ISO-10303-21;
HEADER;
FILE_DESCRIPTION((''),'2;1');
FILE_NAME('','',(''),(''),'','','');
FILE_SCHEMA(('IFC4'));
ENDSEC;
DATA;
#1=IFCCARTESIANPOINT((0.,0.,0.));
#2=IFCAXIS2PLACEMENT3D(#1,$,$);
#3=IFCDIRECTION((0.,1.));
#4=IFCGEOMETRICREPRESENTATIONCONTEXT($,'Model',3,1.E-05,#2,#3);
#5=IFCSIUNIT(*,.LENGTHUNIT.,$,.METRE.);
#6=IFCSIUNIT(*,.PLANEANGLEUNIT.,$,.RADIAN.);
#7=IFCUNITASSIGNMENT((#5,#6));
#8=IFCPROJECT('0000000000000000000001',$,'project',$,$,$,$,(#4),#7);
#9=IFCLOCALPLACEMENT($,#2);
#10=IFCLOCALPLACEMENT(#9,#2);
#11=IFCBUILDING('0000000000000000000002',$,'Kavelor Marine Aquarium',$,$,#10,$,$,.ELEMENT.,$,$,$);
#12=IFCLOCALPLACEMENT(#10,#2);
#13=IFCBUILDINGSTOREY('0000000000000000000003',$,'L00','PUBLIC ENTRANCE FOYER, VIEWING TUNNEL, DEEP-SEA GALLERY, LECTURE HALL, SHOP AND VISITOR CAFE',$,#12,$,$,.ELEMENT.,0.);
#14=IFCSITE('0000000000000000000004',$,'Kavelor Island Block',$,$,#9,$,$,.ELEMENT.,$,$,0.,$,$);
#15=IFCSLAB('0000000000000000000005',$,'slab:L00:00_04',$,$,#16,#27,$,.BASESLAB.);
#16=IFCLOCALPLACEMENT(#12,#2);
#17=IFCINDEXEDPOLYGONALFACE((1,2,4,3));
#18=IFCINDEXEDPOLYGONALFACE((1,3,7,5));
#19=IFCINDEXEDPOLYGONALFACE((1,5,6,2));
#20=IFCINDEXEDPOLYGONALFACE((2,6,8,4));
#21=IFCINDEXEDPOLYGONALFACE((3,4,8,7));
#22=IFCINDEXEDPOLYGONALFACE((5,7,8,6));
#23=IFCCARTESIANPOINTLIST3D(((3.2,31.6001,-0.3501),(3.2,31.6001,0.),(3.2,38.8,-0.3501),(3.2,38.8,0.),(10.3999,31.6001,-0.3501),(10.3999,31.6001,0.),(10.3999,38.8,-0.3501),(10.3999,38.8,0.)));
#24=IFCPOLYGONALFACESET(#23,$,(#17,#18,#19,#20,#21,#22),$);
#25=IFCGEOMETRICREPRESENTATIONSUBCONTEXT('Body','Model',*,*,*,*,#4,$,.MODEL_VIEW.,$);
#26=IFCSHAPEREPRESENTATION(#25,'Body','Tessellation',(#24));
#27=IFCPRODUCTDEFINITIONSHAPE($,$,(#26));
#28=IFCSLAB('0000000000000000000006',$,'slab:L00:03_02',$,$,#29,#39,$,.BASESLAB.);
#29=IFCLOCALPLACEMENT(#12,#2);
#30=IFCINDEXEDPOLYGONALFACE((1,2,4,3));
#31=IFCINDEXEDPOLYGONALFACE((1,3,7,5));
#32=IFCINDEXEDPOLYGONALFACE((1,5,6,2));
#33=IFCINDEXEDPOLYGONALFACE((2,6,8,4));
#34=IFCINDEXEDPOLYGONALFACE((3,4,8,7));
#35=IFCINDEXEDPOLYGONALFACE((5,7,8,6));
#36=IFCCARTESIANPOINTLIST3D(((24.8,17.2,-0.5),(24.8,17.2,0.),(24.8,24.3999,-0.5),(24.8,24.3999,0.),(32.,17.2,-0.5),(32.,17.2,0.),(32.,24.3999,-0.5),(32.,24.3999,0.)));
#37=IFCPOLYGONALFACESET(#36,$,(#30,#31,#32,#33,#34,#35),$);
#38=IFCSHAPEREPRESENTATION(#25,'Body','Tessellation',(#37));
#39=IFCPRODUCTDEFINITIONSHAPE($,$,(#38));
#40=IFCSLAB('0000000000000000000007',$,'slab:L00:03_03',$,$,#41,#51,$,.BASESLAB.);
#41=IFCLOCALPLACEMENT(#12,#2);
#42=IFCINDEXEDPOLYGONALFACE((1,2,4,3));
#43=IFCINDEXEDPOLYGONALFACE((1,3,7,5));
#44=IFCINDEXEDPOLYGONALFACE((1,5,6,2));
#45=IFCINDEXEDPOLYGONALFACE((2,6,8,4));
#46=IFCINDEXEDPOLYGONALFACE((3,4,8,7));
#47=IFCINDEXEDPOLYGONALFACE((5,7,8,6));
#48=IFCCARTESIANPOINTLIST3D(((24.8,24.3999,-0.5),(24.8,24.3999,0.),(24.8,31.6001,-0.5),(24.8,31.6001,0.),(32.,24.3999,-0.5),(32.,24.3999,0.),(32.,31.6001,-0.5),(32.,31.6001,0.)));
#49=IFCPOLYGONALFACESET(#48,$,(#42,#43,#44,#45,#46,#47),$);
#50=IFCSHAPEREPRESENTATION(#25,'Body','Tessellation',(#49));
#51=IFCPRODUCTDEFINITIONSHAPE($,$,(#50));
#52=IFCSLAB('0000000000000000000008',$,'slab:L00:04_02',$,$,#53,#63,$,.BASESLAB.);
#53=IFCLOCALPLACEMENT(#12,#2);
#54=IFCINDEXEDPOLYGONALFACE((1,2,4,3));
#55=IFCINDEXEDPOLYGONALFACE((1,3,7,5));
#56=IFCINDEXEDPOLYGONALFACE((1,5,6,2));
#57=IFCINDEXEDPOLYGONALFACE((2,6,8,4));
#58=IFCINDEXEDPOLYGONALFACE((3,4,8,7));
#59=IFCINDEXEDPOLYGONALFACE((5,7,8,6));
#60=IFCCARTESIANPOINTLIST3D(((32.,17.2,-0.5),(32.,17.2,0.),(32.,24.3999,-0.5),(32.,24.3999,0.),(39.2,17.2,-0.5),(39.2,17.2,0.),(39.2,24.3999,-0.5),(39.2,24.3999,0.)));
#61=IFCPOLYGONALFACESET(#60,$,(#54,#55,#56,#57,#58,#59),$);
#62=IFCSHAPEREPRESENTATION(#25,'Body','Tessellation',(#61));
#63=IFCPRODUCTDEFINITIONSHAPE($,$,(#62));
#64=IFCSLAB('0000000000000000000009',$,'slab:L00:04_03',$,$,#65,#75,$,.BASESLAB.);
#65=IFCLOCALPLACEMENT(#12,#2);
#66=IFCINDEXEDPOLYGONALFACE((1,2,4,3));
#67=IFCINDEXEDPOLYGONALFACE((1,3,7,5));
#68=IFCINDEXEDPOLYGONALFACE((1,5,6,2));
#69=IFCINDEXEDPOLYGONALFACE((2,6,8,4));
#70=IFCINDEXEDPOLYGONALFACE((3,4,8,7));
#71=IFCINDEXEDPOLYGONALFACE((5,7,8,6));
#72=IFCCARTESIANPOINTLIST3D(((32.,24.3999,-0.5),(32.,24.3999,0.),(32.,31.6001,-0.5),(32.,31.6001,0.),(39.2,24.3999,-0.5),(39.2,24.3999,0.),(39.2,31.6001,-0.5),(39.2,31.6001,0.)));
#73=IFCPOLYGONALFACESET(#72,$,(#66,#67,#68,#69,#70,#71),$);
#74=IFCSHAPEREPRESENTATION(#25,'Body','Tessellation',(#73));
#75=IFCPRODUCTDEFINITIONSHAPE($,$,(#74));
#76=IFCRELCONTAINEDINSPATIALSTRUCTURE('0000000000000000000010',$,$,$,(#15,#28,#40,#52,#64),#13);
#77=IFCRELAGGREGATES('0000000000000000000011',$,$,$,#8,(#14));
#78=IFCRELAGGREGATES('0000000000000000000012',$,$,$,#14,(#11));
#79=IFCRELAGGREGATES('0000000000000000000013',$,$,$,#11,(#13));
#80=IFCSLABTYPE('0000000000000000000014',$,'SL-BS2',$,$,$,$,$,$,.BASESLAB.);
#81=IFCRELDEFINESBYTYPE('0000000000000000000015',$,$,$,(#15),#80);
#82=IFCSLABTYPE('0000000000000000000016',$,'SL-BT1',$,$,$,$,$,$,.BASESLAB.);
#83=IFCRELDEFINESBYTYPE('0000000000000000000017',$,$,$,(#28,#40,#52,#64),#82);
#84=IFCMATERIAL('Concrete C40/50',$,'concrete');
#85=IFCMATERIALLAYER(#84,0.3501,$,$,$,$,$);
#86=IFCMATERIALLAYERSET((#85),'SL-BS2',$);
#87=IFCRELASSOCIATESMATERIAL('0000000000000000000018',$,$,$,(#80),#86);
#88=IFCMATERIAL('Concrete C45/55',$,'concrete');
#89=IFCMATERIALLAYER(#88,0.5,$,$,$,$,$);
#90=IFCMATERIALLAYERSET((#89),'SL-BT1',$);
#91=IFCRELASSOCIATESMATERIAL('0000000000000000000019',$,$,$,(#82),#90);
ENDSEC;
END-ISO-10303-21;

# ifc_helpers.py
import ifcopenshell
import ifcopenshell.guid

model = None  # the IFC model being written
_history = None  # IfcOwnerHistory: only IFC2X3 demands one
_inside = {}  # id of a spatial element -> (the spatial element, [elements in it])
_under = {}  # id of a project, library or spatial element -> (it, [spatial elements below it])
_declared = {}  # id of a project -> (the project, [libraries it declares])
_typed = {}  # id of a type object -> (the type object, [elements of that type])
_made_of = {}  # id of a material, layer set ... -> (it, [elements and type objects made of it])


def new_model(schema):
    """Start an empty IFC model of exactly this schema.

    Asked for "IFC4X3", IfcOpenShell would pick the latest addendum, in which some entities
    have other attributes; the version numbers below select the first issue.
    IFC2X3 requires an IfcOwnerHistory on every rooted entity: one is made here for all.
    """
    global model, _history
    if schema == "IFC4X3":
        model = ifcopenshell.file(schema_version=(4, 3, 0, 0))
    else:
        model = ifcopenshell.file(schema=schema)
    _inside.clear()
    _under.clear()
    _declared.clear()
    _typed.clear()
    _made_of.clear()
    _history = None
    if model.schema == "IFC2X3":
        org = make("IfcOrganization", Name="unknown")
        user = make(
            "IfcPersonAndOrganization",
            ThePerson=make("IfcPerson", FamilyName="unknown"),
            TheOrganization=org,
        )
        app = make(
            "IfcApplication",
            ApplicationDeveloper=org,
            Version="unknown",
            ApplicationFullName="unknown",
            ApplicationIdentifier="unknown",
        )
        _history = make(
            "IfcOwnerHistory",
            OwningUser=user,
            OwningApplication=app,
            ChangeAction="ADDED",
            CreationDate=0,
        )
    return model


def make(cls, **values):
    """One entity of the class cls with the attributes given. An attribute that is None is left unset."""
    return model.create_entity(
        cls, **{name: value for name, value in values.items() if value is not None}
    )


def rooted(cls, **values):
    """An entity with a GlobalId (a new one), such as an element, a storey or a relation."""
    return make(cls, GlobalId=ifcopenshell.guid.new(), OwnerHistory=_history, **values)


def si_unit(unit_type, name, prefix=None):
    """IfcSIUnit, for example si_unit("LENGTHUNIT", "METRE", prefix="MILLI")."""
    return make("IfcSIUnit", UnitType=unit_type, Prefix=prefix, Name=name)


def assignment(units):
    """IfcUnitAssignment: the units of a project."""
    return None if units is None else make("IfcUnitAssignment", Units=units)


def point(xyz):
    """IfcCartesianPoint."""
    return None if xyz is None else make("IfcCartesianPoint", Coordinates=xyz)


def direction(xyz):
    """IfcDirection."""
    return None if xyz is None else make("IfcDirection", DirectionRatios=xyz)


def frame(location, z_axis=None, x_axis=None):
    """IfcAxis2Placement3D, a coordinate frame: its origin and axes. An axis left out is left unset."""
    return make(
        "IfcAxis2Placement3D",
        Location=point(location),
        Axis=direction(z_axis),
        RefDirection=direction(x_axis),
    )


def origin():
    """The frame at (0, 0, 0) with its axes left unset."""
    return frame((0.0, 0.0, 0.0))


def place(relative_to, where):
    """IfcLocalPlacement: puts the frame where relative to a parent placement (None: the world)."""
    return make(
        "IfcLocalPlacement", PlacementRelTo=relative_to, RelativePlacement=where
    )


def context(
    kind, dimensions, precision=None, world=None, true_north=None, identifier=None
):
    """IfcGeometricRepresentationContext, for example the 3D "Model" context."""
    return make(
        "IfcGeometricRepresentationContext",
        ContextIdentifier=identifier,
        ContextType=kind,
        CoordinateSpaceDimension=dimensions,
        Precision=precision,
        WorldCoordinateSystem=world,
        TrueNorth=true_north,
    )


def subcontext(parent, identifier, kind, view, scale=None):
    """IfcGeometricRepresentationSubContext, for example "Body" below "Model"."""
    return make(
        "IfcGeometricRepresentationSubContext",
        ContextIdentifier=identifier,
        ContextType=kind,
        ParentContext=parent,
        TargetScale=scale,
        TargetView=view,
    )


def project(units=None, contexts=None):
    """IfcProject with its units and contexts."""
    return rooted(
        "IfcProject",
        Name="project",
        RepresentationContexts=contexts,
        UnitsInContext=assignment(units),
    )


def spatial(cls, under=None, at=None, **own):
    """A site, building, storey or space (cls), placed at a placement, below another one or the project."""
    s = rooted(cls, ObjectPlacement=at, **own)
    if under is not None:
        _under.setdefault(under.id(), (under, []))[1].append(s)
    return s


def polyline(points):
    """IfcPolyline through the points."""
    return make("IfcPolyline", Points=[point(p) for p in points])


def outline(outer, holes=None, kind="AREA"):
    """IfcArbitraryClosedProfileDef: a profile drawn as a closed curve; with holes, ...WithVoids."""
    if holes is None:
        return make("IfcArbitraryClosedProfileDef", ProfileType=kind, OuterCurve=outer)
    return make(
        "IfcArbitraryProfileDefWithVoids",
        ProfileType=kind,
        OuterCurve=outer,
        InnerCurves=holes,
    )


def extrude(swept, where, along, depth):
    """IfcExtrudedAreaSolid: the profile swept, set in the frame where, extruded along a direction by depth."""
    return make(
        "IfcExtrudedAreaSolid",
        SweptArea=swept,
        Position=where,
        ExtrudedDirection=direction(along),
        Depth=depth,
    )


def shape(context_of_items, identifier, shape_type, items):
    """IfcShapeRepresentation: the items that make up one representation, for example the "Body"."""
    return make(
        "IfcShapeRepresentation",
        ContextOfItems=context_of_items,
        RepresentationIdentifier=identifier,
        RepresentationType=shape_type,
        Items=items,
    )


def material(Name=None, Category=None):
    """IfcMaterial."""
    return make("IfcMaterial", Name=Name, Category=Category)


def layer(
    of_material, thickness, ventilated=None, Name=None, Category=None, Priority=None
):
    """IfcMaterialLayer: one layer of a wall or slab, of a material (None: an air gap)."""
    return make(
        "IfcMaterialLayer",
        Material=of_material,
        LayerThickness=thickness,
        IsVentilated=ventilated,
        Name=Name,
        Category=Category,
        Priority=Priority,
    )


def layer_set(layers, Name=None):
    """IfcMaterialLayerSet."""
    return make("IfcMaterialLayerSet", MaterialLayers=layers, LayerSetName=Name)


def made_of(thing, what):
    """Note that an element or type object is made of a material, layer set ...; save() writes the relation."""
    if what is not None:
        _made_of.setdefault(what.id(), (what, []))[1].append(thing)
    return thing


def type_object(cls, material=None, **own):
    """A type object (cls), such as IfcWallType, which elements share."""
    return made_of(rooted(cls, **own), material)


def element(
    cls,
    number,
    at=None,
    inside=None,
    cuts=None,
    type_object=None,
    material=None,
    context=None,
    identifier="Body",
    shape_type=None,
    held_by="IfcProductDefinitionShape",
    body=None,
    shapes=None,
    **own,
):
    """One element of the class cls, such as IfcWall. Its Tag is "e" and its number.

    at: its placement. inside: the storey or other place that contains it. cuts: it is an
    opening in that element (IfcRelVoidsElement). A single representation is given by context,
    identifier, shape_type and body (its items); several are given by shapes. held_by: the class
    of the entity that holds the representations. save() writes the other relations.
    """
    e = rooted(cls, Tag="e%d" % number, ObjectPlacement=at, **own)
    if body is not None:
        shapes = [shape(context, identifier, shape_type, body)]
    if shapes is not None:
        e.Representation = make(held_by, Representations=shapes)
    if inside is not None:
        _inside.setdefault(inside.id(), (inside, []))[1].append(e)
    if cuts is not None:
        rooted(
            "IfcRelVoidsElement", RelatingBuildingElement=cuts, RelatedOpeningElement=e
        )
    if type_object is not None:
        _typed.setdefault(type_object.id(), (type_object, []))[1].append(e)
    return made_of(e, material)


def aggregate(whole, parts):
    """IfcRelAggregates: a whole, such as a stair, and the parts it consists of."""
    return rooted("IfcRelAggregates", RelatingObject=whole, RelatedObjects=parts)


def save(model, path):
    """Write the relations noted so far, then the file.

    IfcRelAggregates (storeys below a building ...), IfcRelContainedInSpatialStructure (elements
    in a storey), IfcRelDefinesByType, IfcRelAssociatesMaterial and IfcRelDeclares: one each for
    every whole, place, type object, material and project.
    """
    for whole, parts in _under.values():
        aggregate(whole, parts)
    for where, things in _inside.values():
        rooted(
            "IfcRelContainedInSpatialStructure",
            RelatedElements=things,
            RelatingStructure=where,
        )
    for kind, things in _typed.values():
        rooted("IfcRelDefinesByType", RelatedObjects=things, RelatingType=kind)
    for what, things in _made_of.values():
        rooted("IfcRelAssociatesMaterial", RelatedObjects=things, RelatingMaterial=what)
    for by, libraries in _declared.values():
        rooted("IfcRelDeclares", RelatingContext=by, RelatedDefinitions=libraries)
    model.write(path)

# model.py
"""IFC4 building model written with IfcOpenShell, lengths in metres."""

from ifc_helpers import new_model, si_unit, direction, frame, origin, place, context, subcontext, project, spatial, polyline, outline, extrude, material, layer, layer_set, type_object, element, save


model = new_model("IFC4")

# Units and contexts
model_context = context("Model", 3, precision=1e-05, world=origin(), true_north=direction((0.0, 1.0)))
body_context = subcontext(model_context, "Body", "Model", "MODEL_VIEW")
ifc_project = project(units=[si_unit("LENGTHUNIT", "METRE"), si_unit("PLANEANGLEUNIT", "RADIAN")], contexts=[model_context])

# Site, building, storey
site_placement = place(None, origin())
site = spatial("IfcSite", under=ifc_project, at=site_placement, Name="Kavelor Island Block", CompositionType="ELEMENT", RefElevation=0.0)
building_placement = place(site_placement, origin())
building = spatial("IfcBuilding", under=site, at=building_placement, Name="Kavelor Marine Aquarium", CompositionType="ELEMENT")
storey_placement = place(building_placement, origin())
storey = spatial("IfcBuildingStorey", under=building, at=storey_placement, Name="L00", Description="PUBLIC ENTRANCE FOYER, VIEWING TUNNEL, DEEP-SEA GALLERY, LECTURE HALL, SHOP AND VISITOR CAFE", CompositionType="ELEMENT", Elevation=0.0)

# Slabs
ifc_material_1 = material(Name="Concrete C40/50", Category="concrete")
ifc_layer_1 = layer(ifc_material_1, 0.3501)
ifc_layer_set_1 = layer_set([ifc_layer_1], Name="SL-BS2")
slab_type_1 = type_object("IfcSlabType", Name="SL-BS2", PredefinedType="BASESLAB", material=ifc_layer_set_1)
slab_1_placement = place(storey_placement, frame((0.0, 0.0, -0.3501)))
element("IfcSlab", 1, at=slab_1_placement, inside=storey, type_object=slab_type_1, Name="slab:L00:00_04", PredefinedType="BASESLAB", context=body_context, shape_type="SweptSolid", body=[
    extrude(outline(polyline([(3.2, 31.6001), (10.3999, 31.6001), (10.3999, 38.8), (3.2, 38.8), (3.2, 31.6001)])), origin(), (0.0, 0.0, 1.0), 0.3501),
])
ifc_material_2 = material(Name="Concrete C45/55", Category="concrete")
ifc_layer_2 = layer(ifc_material_2, 0.5)
ifc_layer_set_2 = layer_set([ifc_layer_2], Name="SL-BT1")
slab_type_2 = type_object("IfcSlabType", Name="SL-BT1", PredefinedType="BASESLAB", material=ifc_layer_set_2)
slab_2_placement = place(storey_placement, frame((0.0, 0.0, -0.5)))
element("IfcSlab", 2, at=slab_2_placement, inside=storey, type_object=slab_type_2, Name="slab:L00:03_02", PredefinedType="BASESLAB", context=body_context, shape_type="SweptSolid", body=[
    extrude(outline(polyline([(24.8, 17.2), (32.0, 17.2), (32.0, 24.3999), (24.8, 24.3999), (24.8, 17.2)])), origin(), (0.0, 0.0, 1.0), 0.5),
])
slab_3_placement = place(storey_placement, frame((0.0, 0.0, -0.5)))
element("IfcSlab", 3, at=slab_3_placement, inside=storey, type_object=slab_type_2, Name="slab:L00:03_03", PredefinedType="BASESLAB", context=body_context, shape_type="SweptSolid", body=[
    extrude(outline(polyline([(24.8, 24.3999), (32.0, 24.3999), (32.0, 31.6001), (24.8, 31.6001), (24.8, 24.3999)])), origin(), (0.0, 0.0, 1.0), 0.5),
])
slab_4_placement = place(storey_placement, frame((0.0, 0.0, -0.5)))
element("IfcSlab", 4, at=slab_4_placement, inside=storey, type_object=slab_type_2, Name="slab:L00:04_02", PredefinedType="BASESLAB", context=body_context, shape_type="SweptSolid", body=[
    extrude(outline(polyline([(32.0, 17.2), (39.2, 17.2), (39.2, 24.3999), (32.0, 24.3999), (32.0, 17.2)])), origin(), (0.0, 0.0, 1.0), 0.5),
])
slab_5_placement = place(storey_placement, frame((0.0, 0.0, -0.5)))
element("IfcSlab", 5, at=slab_5_placement, inside=storey, type_object=slab_type_2, Name="slab:L00:04_03", PredefinedType="BASESLAB", context=body_context, shape_type="SweptSolid", body=[
    extrude(outline(polyline([(32.0, 24.3999), (39.2, 24.3999), (39.2, 31.6001), (32.0, 31.6001), (32.0, 24.3999)])), origin(), (0.0, 0.0, 1.0), 0.5),
])

save(model, "model.ifc")
